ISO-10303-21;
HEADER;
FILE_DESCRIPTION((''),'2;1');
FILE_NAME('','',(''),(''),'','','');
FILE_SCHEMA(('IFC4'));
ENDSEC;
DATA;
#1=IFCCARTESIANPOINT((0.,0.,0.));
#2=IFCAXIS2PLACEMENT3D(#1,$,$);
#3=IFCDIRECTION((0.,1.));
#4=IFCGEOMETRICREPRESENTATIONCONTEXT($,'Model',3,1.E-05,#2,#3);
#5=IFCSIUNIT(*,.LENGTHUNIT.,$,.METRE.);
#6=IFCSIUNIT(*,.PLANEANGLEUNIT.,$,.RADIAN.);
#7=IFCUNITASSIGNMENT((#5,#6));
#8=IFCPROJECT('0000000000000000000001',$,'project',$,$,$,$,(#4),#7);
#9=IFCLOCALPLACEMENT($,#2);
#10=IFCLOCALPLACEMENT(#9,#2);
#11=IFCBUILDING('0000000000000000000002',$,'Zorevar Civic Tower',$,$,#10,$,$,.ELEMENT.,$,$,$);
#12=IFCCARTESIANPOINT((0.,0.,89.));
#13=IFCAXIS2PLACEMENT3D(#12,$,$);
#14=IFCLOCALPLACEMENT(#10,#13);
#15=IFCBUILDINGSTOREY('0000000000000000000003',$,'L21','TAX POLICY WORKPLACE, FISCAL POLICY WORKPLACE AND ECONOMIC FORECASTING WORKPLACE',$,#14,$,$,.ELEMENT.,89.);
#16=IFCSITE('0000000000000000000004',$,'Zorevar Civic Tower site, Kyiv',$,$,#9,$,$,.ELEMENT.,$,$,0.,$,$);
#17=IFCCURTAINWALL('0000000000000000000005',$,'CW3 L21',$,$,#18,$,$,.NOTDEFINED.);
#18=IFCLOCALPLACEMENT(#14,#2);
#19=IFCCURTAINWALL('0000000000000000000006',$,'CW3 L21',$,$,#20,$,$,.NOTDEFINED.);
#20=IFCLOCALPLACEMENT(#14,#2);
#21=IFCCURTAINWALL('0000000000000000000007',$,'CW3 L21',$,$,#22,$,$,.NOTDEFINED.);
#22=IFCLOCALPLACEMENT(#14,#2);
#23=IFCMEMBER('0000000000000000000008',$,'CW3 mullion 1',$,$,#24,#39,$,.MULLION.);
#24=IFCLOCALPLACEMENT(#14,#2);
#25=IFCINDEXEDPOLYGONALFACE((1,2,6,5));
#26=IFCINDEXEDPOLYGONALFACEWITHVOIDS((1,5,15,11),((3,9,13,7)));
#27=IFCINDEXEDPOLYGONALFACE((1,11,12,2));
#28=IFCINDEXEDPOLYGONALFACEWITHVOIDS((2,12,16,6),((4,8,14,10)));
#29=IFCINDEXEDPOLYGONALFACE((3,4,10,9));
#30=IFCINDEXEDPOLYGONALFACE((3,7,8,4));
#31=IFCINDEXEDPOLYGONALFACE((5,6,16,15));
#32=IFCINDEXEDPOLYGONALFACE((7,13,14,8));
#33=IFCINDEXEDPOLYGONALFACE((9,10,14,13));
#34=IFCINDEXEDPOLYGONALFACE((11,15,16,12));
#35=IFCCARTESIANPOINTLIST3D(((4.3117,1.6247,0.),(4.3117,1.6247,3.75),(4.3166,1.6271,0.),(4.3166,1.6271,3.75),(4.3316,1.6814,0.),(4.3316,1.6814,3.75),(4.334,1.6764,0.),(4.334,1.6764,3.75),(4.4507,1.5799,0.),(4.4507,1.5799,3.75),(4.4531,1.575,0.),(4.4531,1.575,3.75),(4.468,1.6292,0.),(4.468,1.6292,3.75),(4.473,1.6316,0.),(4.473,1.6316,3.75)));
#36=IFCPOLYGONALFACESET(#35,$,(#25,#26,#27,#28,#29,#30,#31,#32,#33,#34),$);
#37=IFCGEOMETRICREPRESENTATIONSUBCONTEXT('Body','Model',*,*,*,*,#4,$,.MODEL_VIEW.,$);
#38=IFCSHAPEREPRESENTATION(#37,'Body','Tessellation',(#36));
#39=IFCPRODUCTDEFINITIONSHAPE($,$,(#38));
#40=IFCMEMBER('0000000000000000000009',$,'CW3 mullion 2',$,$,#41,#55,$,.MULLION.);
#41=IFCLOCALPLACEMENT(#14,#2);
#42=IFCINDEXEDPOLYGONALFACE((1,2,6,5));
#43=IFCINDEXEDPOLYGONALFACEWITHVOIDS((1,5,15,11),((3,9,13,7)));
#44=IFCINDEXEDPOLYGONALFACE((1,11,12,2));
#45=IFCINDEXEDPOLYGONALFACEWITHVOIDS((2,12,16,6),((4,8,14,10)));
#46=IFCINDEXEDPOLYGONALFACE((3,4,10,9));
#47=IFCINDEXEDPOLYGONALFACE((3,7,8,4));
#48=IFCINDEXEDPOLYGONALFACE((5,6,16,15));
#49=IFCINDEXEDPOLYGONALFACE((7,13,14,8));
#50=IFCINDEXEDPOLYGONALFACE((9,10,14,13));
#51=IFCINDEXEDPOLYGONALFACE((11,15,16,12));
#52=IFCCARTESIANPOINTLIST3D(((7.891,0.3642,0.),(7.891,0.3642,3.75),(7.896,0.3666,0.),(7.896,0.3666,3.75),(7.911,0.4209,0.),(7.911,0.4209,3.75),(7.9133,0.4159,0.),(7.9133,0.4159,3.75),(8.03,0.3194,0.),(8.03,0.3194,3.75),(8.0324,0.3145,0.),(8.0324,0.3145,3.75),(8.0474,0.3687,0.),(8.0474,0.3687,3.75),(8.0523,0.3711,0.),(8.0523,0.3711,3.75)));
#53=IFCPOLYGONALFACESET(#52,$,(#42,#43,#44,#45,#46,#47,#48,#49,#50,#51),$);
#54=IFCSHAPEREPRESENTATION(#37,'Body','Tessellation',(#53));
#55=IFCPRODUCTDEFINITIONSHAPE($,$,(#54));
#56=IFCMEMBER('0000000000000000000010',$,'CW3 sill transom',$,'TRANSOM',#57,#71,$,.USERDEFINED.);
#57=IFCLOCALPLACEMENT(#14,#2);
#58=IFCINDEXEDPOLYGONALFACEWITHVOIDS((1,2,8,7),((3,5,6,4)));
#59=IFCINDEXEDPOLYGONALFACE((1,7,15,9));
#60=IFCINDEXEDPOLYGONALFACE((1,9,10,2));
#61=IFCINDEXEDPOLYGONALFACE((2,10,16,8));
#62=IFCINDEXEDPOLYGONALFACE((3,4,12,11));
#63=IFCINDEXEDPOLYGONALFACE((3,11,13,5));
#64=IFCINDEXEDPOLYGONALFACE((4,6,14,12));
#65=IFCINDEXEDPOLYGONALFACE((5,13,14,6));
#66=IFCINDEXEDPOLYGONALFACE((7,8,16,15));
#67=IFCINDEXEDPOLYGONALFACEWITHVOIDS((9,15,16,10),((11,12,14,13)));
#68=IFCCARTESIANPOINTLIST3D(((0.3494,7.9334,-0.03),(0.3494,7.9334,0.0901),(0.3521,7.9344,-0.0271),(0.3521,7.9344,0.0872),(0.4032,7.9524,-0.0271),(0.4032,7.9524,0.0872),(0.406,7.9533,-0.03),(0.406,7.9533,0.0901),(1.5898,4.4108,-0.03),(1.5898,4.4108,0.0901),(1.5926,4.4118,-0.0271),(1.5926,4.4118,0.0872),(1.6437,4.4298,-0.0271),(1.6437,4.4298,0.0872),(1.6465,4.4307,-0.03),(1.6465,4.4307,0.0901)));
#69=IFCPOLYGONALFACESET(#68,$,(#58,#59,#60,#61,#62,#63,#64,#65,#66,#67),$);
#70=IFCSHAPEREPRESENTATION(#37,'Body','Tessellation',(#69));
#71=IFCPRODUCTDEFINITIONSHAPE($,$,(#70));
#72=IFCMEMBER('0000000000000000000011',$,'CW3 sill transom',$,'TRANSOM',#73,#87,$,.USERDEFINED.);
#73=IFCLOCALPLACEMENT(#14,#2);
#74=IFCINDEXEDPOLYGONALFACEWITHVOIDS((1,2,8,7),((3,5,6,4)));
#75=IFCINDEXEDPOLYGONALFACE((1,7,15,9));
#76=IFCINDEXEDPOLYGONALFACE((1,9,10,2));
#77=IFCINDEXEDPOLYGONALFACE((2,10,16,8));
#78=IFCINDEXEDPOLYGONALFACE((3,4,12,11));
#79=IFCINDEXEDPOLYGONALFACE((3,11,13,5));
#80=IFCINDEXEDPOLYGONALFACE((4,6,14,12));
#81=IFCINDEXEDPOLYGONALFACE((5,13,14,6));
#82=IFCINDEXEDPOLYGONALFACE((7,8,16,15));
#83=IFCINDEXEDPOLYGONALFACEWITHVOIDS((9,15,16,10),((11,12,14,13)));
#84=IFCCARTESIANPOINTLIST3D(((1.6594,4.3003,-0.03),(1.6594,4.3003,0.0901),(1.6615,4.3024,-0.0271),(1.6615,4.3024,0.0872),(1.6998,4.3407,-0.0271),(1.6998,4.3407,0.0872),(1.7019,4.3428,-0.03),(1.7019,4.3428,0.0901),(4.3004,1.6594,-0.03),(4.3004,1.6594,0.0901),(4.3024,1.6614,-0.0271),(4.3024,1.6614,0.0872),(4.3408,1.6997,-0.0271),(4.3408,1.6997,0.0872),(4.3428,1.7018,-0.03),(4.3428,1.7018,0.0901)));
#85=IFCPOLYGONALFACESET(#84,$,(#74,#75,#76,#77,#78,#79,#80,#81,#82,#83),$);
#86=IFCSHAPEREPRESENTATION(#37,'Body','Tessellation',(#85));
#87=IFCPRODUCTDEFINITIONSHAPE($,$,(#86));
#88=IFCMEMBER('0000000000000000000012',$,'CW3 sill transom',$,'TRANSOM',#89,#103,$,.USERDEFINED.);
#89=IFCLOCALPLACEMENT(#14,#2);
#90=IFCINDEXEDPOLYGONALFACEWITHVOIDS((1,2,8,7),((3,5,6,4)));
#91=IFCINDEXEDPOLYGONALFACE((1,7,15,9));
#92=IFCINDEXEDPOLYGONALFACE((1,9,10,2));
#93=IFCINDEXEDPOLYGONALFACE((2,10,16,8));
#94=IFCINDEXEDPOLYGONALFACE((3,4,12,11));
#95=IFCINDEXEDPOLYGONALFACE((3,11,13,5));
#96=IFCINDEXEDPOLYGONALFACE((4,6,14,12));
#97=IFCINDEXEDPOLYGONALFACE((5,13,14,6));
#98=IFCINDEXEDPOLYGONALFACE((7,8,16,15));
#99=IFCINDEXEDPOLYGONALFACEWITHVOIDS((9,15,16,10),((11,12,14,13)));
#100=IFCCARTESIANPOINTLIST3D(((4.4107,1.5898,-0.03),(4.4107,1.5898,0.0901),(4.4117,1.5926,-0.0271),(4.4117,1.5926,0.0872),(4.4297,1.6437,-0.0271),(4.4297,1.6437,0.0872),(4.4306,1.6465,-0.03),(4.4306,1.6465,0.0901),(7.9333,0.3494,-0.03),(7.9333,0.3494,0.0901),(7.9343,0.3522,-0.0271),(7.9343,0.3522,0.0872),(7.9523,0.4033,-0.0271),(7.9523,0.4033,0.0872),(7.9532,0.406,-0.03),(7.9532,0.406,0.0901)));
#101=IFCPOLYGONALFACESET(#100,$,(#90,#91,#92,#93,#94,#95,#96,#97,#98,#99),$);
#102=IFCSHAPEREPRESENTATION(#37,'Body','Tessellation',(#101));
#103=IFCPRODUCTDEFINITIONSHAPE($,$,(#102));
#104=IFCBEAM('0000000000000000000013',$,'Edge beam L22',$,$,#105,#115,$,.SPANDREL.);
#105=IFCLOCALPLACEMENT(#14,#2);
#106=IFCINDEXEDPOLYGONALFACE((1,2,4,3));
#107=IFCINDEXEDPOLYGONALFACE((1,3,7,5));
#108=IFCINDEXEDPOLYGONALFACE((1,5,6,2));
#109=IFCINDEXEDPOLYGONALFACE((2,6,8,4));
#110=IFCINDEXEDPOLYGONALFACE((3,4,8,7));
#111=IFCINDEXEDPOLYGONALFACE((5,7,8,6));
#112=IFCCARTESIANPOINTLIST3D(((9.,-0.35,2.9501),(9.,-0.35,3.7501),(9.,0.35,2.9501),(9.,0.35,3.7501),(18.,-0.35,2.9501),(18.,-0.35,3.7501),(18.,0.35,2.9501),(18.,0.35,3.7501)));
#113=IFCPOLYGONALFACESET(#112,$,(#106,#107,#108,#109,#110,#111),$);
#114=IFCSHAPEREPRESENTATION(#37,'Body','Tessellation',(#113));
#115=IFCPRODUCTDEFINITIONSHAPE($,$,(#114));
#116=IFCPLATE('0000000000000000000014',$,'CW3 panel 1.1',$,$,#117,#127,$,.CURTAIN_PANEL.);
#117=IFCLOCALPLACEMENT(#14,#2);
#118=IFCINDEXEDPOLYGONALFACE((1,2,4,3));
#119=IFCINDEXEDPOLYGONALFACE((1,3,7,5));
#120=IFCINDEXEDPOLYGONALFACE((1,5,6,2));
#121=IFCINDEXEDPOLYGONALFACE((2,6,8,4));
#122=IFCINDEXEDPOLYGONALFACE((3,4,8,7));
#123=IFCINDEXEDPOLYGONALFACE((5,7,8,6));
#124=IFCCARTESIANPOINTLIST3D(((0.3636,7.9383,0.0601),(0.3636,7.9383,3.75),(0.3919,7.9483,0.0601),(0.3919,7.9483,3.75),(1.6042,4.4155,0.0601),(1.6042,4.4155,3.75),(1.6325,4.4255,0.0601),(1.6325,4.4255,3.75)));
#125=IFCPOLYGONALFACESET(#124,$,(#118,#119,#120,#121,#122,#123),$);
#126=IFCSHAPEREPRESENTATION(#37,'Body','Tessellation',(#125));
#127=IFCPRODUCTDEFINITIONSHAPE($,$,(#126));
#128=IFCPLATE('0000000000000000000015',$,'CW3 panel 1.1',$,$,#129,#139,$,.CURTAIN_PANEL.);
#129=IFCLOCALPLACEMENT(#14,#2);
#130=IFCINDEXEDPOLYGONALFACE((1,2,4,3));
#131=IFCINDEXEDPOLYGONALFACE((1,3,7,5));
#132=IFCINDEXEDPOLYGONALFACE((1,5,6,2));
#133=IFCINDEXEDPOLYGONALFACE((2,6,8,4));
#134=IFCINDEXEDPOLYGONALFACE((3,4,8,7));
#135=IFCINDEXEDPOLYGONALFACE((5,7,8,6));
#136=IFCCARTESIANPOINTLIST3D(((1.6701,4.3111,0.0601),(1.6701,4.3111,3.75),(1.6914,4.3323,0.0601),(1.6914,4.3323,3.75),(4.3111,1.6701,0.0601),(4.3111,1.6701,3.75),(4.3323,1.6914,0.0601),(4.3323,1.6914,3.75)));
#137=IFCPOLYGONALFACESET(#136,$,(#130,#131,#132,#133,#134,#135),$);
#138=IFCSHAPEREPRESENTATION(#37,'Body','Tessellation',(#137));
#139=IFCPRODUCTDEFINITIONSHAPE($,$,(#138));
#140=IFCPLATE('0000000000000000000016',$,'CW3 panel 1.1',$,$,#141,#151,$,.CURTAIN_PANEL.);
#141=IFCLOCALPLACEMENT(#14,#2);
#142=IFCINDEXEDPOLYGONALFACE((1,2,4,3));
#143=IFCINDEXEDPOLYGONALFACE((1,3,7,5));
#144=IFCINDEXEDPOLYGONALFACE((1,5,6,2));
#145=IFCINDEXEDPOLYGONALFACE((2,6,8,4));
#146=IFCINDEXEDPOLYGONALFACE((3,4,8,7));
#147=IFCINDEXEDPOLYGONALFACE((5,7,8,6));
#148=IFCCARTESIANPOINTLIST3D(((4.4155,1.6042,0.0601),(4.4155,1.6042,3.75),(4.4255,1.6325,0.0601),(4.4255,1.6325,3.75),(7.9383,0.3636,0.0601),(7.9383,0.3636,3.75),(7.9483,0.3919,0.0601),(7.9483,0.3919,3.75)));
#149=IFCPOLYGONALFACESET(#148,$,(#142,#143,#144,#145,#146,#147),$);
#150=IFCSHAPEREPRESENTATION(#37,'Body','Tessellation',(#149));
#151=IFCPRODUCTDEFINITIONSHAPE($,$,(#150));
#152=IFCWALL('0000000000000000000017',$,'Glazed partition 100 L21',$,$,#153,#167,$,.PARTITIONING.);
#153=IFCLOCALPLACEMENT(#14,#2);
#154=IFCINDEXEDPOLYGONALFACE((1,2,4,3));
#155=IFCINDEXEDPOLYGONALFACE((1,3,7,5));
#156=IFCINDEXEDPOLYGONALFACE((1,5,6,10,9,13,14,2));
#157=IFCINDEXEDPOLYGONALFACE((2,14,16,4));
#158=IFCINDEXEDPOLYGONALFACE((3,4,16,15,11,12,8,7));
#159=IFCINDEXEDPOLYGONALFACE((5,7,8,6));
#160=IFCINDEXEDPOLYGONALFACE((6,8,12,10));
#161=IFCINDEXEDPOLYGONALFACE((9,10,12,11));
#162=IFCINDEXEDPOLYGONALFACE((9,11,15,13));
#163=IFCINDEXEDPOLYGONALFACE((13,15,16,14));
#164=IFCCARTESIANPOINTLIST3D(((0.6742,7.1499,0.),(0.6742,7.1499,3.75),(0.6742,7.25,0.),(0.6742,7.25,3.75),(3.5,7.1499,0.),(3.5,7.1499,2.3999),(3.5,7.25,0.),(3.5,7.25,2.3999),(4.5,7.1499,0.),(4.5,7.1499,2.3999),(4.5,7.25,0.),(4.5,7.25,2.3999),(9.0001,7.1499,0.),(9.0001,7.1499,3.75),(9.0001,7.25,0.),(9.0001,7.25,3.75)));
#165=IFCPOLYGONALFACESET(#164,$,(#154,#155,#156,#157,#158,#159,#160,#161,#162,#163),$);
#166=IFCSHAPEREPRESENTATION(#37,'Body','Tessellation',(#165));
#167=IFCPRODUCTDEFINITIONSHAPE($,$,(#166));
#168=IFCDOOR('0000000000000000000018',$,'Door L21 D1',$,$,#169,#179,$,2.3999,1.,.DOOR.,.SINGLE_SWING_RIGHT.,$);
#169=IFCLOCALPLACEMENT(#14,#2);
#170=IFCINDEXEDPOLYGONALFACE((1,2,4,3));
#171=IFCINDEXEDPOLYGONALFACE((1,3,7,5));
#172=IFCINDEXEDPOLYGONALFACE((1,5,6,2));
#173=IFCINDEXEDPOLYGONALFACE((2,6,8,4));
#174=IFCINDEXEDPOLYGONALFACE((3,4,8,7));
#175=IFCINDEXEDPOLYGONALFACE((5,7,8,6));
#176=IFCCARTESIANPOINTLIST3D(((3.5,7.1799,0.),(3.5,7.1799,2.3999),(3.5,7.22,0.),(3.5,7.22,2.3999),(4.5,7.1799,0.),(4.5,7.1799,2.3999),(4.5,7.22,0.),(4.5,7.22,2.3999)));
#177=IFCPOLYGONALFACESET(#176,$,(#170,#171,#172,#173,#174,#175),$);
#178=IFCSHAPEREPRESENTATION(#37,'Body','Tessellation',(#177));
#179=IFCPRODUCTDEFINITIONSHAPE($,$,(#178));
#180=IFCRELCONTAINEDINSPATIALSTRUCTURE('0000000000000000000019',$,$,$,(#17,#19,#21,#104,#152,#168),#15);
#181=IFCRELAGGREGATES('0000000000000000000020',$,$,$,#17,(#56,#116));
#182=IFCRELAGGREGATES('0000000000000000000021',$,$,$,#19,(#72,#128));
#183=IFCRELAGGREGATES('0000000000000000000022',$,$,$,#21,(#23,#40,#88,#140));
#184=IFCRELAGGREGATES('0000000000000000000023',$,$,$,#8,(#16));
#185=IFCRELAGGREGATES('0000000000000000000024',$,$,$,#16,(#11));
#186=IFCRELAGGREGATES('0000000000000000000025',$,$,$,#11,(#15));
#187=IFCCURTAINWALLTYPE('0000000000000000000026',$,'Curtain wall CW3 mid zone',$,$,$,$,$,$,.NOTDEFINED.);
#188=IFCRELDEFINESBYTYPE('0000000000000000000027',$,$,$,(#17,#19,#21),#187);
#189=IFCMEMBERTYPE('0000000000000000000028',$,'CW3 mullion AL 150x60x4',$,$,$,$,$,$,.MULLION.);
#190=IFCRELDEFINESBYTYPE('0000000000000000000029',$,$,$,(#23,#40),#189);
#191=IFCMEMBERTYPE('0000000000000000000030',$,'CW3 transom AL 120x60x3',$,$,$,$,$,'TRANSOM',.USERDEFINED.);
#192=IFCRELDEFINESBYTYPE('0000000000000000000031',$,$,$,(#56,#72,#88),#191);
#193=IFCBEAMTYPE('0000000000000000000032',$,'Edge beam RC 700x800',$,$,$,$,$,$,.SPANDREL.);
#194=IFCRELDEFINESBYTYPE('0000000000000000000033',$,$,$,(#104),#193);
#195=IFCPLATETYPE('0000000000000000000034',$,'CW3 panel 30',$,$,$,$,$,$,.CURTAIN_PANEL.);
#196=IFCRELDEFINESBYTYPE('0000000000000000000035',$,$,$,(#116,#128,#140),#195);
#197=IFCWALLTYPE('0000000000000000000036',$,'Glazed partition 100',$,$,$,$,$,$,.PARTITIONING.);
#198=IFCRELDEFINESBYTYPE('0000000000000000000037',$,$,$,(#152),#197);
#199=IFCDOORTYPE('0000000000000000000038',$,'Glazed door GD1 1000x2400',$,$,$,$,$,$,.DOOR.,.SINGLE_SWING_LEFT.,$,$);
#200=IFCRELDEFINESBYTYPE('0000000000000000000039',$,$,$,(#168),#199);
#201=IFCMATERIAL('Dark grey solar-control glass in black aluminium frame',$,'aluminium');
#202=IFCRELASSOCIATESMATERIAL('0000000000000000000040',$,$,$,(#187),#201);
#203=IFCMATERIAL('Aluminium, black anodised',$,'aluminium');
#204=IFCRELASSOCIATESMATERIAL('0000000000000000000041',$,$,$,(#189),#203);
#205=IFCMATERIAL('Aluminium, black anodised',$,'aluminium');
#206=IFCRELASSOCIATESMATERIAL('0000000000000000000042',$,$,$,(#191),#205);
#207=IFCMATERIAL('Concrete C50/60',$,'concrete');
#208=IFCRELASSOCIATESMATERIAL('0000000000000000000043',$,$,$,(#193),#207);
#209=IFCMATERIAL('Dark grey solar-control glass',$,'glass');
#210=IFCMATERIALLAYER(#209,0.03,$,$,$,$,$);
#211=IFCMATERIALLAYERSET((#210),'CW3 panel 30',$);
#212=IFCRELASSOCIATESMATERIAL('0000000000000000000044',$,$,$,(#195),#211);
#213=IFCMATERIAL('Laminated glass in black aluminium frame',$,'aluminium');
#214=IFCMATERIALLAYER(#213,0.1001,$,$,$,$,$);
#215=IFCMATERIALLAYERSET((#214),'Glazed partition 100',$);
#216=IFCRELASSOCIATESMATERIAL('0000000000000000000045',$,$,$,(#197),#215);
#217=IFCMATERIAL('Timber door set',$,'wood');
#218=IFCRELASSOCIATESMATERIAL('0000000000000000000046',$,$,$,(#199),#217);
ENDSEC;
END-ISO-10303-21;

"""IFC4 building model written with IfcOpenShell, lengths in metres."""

from ifc_helpers import new_model, si_unit, direction, frame, frame_2d, origin, origin_2d, place, context, subcontext, project, spatial, rectangle, hollow_rectangle, extrude, material, layer, layer_set, material_profile, profile_set, type_object, element, fill, aggregate, save


model = new_model("IFC4")

# Units and contexts
model_context = context("Model", 3, precision=1e-05, world=origin(), true_north=direction((0.0, 1.0)))
body_context = subcontext(model_context, "Body", "Model", "MODEL_VIEW")
ifc_project = project(units=[si_unit("LENGTHUNIT", "METRE"), si_unit("PLANEANGLEUNIT", "RADIAN")], contexts=[model_context])

# Site, building, storey
site_placement = place(None, origin())
site = spatial("IfcSite", under=ifc_project, at=site_placement, Name="Zorevar Civic Tower site, Kyiv", CompositionType="ELEMENT", RefElevation=0.0)
building_placement = place(site_placement, origin())
building = spatial("IfcBuilding", under=site, at=building_placement, Name="Zorevar Civic Tower", CompositionType="ELEMENT")
storey_placement = place(building_placement, frame((0.0, 0.0, 89.0)))
storey = spatial("IfcBuildingStorey", under=building, at=storey_placement, Name="L21", Description="TAX POLICY WORKPLACE, FISCAL POLICY WORKPLACE AND ECONOMIC FORECASTING WORKPLACE", CompositionType="ELEMENT", Elevation=89.0)

# Shared definitions
ifc_material_1 = material(Name="Dark grey solar-control glass in black aluminium frame", Category="aluminium")
curtain_wall_type = type_object("IfcCurtainWallType", Name="Curtain wall CW3 mid zone", PredefinedType="NOTDEFINED", material=ifc_material_1)
ifc_material_2 = material(Name="Aluminium, black anodised", Category="aluminium")
ifc_material_profile_1 = material_profile(ifc_material_2, hollow_rectangle(XDim=0.0601, YDim=0.1499, WallThickness=0.0039, at=origin_2d()), Name="AL 150x60x4")
ifc_profile_set_1 = profile_set([ifc_material_profile_1], Name="Aluminium, black anodised")
member_type_1 = type_object("IfcMemberType", Name="CW3 mullion AL 150x60x4", PredefinedType="MULLION", material=ifc_profile_set_1)

# Curtain walls, members
curtain_wall_1_placement = place(storey_placement, origin())
curtain_wall_1 = element("IfcCurtainWall", 1, at=curtain_wall_1_placement, inside=storey, type_object=curtain_wall_type, Name="CW3 L21", PredefinedType="NOTDEFINED")
curtain_wall_2_placement = place(storey_placement, origin())
curtain_wall_2 = element("IfcCurtainWall", 2, at=curtain_wall_2_placement, inside=storey, type_object=curtain_wall_type, Name="CW3 L21", PredefinedType="NOTDEFINED")
curtain_wall_3_placement = place(storey_placement, origin())
curtain_wall_3 = element("IfcCurtainWall", 3, at=curtain_wall_3_placement, inside=storey, type_object=curtain_wall_type, Name="CW3 L21", PredefinedType="NOTDEFINED")
member_1_placement = place(storey_placement, frame((4.3923, 1.6282, 0.0), z_axis=(0.0, 0.0, 1.0), x_axis=(0.332171, 0.943219, 0.0)))
member_1 = element("IfcMember", 4, at=member_1_placement, type_object=member_type_1, Name="CW3 mullion 1", PredefinedType="MULLION", context=body_context, shape_type="SweptSolid", body=[
    extrude(hollow_rectangle(XDim=0.0601, YDim=0.1499, WallThickness=0.0039, at=origin_2d()), origin(), (0.0, 0.0, 1.0), 3.75),
])
member_2_placement = place(storey_placement, frame((7.9717, 0.3677, 0.0), z_axis=(0.0, 0.0, 1.0), x_axis=(0.332171, 0.943219, 0.0)))
member_2 = element("IfcMember", 5, at=member_2_placement, type_object=member_type_1, Name="CW3 mullion 2", PredefinedType="MULLION", context=body_context, shape_type="SweptSolid", body=[
    extrude(hollow_rectangle(XDim=0.0601, YDim=0.1499, WallThickness=0.0039, at=origin_2d()), origin(), (0.0, 0.0, 1.0), 3.75),
])

# Members
ifc_material_3 = material(Name="Aluminium, black anodised", Category="aluminium")
ifc_material_profile_2 = material_profile(ifc_material_3, hollow_rectangle(XDim=0.0601, YDim=0.1201, WallThickness=0.0029, at=origin_2d()), Name="AL 120x60x3")
ifc_profile_set_2 = profile_set([ifc_material_profile_2], Name="Aluminium, black anodised")
member_type_2 = type_object("IfcMemberType", Name="CW3 transom AL 120x60x3", ElementType="TRANSOM", PredefinedType="USERDEFINED", material=ifc_profile_set_2)
member_3_placement = place(storey_placement, frame((0.3777, 7.9434, 0.03), z_axis=(0.332146, -0.943228, 0.0), x_axis=(0.943228, 0.332146, 0.0)))
member_3 = element("IfcMember", 6, at=member_3_placement, type_object=member_type_2, Name="CW3 sill transom", ObjectType="TRANSOM", PredefinedType="USERDEFINED", context=body_context, shape_type="SweptSolid", body=[
    extrude(hollow_rectangle(XDim=0.0601, YDim=0.1201, WallThickness=0.0029, at=origin_2d()), origin(), (0.0, 0.0, 1.0), 3.7346),
])
member_4_placement = place(storey_placement, frame((1.6807, 4.3215, 0.03), z_axis=(0.707107, -0.707107, 0.0), x_axis=(0.707107, 0.707107, 0.0)))
member_4 = element("IfcMember", 7, at=member_4_placement, type_object=member_type_2, Name="CW3 sill transom", ObjectType="TRANSOM", PredefinedType="USERDEFINED", context=body_context, shape_type="SweptSolid", body=[
    extrude(hollow_rectangle(XDim=0.0601, YDim=0.1201, WallThickness=0.0029, at=origin_2d()), origin(), (0.0, 0.0, 1.0), 3.7349),
])
member_5_placement = place(storey_placement, frame((4.4207, 1.6182, 0.03), z_axis=(0.943228, -0.332146, 0.0), x_axis=(0.332146, 0.943228, 0.0)))
member_5 = element("IfcMember", 8, at=member_5_placement, type_object=member_type_2, Name="CW3 sill transom", ObjectType="TRANSOM", PredefinedType="USERDEFINED", context=body_context, shape_type="SweptSolid", body=[
    extrude(hollow_rectangle(XDim=0.0601, YDim=0.1201, WallThickness=0.0029, at=origin_2d()), origin(), (0.0, 0.0, 1.0), 3.7346),
])

# Beam
ifc_material_4 = material(Name="Concrete C50/60", Category="concrete")
ifc_material_profile_3 = material_profile(ifc_material_4, rectangle(XDim=0.7, YDim=0.8, at=origin_2d()), Name="RC 700x800")
ifc_profile_set_3 = profile_set([ifc_material_profile_3], Name="Concrete C50/60")
beam_type_1 = type_object("IfcBeamType", Name="Edge beam RC 700x800", PredefinedType="SPANDREL", material=ifc_profile_set_3)
beam_1_placement = place(storey_placement, frame((9.0, 0.0, 3.3501), z_axis=(1.0, 0.0, 0.0), x_axis=(0.0, 1.0, 0.0)))
element("IfcBeam", 9, at=beam_1_placement, inside=storey, type_object=beam_type_1, Name="Edge beam L22", PredefinedType="SPANDREL", context=body_context, shape_type="SweptSolid", body=[
    extrude(rectangle(XDim=0.7, YDim=0.8, at=origin_2d()), origin(), (0.0, 0.0, 1.0), 9.0),
])

# Plates
ifc_material_5 = material(Name="Dark grey solar-control glass", Category="glass")
ifc_layer_1 = layer(ifc_material_5, 0.03)
ifc_layer_set_1 = layer_set([ifc_layer_1], Name="CW3 panel 30")
plate_type = type_object("IfcPlateType", Name="CW3 panel 30", PredefinedType="CURTAIN_PANEL", material=ifc_layer_set_1)
plate_1_placement = place(storey_placement, frame((0.998, 6.1819, 0.0601), z_axis=(0.0, 0.0, 1.0), x_axis=(0.332171, -0.943219, 0.0)))
plate_1 = element("IfcPlate", 10, at=plate_1_placement, type_object=plate_type, Name="CW3 panel 1.1", PredefinedType="CURTAIN_PANEL", context=body_context, shape_type="SweptSolid", body=[
    extrude(rectangle(XDim=3.7349, YDim=0.03, at=origin_2d()), origin(), (0.0, 0.0, 1.0), 3.6899),
])
aggregate(curtain_wall_1, [member_3, plate_1])
plate_2_placement = place(storey_placement, frame((3.0012, 3.0012, 0.0601), z_axis=(0.0, 0.0, 1.0), x_axis=(0.707107, -0.707107, 0.0)))
plate_2 = element("IfcPlate", 11, at=plate_2_placement, type_object=plate_type, Name="CW3 panel 1.1", PredefinedType="CURTAIN_PANEL", context=body_context, shape_type="SweptSolid", body=[
    extrude(rectangle(XDim=3.7349, YDim=0.03, at=origin_2d()), origin(), (0.0, 0.0, 1.0), 3.6899),
])
aggregate(curtain_wall_2, [member_4, plate_2])
plate_3_placement = place(storey_placement, frame((6.1819, 0.998, 0.0601), z_axis=(0.0, 0.0, 1.0), x_axis=(0.943219, -0.332171, 0.0)))
plate_3 = element("IfcPlate", 12, at=plate_3_placement, type_object=plate_type, Name="CW3 panel 1.1", PredefinedType="CURTAIN_PANEL", context=body_context, shape_type="SweptSolid", body=[
    extrude(rectangle(XDim=3.7349, YDim=0.03, at=origin_2d()), origin(), (0.0, 0.0, 1.0), 3.6899),
])
aggregate(curtain_wall_3, [member_1, member_2, member_5, plate_3])

# Wall, opening, door
ifc_material_6 = material(Name="Laminated glass in black aluminium frame", Category="aluminium")
ifc_layer_2 = layer(ifc_material_6, 0.1001)
ifc_layer_set_2 = layer_set([ifc_layer_2], Name="Glazed partition 100")
wall_type = type_object("IfcWallType", Name="Glazed partition 100", PredefinedType="PARTITIONING", material=ifc_layer_set_2)
wall_1_placement = place(storey_placement, frame((0.6741, 7.2, 0.0), z_axis=(0.0, 0.0, 1.0), x_axis=(1.0, 0.0, 0.0)))
wall_1 = element("IfcWall", 13, at=wall_1_placement, inside=storey, type_object=wall_type, Name="Glazed partition 100 L21", PredefinedType="PARTITIONING", context=body_context, shape_type="SweptSolid", body=[
    extrude(rectangle(XDim=8.3259, YDim=0.1001, at=frame_2d((4.1631, 0.0))), origin(), (0.0, 0.0, 1.0), 3.75),
])
opening_placement = place(wall_1_placement, frame((2.8259, 0.0, 0.0)))
opening = element("IfcOpeningElement", 14, at=opening_placement, cuts=wall_1, PredefinedType="OPENING", context=body_context, shape_type="SweptSolid", body=[
    extrude(rectangle(XDim=1.0, YDim=2.3999, at=frame_2d((0.5, 1.2))), frame((0.0, 0.0601, 0.0), z_axis=(0.0, -1.0, 0.0), x_axis=(1.0, 0.0, 0.0)), (0.0, 0.0, 1.0), 0.1201),
])
ifc_material_7 = material(Name="Timber door set", Category="wood")
door_type = type_object("IfcDoorType", Name="Glazed door GD1 1000x2400", OperationType="SINGLE_SWING_LEFT", PredefinedType="DOOR", material=ifc_material_7)
door_placement = place(opening_placement, origin())
door = element("IfcDoor", 15, at=door_placement, inside=storey, type_object=door_type, Name="Door L21 D1", OperationType="SINGLE_SWING_RIGHT", OverallHeight=2.3999, OverallWidth=1.0, PredefinedType="DOOR", context=body_context, shape_type="SweptSolid", body=[
    extrude(rectangle(XDim=1.0, YDim=2.3999, at=frame_2d((0.5, 1.2))), frame((0.0, 0.02, 0.0), z_axis=(0.0, -1.0, 0.0), x_axis=(1.0, 0.0, 0.0)), (0.0, 0.0, 1.0), 0.04),
])
fill(opening, door)

save(model, "model.ifc")
